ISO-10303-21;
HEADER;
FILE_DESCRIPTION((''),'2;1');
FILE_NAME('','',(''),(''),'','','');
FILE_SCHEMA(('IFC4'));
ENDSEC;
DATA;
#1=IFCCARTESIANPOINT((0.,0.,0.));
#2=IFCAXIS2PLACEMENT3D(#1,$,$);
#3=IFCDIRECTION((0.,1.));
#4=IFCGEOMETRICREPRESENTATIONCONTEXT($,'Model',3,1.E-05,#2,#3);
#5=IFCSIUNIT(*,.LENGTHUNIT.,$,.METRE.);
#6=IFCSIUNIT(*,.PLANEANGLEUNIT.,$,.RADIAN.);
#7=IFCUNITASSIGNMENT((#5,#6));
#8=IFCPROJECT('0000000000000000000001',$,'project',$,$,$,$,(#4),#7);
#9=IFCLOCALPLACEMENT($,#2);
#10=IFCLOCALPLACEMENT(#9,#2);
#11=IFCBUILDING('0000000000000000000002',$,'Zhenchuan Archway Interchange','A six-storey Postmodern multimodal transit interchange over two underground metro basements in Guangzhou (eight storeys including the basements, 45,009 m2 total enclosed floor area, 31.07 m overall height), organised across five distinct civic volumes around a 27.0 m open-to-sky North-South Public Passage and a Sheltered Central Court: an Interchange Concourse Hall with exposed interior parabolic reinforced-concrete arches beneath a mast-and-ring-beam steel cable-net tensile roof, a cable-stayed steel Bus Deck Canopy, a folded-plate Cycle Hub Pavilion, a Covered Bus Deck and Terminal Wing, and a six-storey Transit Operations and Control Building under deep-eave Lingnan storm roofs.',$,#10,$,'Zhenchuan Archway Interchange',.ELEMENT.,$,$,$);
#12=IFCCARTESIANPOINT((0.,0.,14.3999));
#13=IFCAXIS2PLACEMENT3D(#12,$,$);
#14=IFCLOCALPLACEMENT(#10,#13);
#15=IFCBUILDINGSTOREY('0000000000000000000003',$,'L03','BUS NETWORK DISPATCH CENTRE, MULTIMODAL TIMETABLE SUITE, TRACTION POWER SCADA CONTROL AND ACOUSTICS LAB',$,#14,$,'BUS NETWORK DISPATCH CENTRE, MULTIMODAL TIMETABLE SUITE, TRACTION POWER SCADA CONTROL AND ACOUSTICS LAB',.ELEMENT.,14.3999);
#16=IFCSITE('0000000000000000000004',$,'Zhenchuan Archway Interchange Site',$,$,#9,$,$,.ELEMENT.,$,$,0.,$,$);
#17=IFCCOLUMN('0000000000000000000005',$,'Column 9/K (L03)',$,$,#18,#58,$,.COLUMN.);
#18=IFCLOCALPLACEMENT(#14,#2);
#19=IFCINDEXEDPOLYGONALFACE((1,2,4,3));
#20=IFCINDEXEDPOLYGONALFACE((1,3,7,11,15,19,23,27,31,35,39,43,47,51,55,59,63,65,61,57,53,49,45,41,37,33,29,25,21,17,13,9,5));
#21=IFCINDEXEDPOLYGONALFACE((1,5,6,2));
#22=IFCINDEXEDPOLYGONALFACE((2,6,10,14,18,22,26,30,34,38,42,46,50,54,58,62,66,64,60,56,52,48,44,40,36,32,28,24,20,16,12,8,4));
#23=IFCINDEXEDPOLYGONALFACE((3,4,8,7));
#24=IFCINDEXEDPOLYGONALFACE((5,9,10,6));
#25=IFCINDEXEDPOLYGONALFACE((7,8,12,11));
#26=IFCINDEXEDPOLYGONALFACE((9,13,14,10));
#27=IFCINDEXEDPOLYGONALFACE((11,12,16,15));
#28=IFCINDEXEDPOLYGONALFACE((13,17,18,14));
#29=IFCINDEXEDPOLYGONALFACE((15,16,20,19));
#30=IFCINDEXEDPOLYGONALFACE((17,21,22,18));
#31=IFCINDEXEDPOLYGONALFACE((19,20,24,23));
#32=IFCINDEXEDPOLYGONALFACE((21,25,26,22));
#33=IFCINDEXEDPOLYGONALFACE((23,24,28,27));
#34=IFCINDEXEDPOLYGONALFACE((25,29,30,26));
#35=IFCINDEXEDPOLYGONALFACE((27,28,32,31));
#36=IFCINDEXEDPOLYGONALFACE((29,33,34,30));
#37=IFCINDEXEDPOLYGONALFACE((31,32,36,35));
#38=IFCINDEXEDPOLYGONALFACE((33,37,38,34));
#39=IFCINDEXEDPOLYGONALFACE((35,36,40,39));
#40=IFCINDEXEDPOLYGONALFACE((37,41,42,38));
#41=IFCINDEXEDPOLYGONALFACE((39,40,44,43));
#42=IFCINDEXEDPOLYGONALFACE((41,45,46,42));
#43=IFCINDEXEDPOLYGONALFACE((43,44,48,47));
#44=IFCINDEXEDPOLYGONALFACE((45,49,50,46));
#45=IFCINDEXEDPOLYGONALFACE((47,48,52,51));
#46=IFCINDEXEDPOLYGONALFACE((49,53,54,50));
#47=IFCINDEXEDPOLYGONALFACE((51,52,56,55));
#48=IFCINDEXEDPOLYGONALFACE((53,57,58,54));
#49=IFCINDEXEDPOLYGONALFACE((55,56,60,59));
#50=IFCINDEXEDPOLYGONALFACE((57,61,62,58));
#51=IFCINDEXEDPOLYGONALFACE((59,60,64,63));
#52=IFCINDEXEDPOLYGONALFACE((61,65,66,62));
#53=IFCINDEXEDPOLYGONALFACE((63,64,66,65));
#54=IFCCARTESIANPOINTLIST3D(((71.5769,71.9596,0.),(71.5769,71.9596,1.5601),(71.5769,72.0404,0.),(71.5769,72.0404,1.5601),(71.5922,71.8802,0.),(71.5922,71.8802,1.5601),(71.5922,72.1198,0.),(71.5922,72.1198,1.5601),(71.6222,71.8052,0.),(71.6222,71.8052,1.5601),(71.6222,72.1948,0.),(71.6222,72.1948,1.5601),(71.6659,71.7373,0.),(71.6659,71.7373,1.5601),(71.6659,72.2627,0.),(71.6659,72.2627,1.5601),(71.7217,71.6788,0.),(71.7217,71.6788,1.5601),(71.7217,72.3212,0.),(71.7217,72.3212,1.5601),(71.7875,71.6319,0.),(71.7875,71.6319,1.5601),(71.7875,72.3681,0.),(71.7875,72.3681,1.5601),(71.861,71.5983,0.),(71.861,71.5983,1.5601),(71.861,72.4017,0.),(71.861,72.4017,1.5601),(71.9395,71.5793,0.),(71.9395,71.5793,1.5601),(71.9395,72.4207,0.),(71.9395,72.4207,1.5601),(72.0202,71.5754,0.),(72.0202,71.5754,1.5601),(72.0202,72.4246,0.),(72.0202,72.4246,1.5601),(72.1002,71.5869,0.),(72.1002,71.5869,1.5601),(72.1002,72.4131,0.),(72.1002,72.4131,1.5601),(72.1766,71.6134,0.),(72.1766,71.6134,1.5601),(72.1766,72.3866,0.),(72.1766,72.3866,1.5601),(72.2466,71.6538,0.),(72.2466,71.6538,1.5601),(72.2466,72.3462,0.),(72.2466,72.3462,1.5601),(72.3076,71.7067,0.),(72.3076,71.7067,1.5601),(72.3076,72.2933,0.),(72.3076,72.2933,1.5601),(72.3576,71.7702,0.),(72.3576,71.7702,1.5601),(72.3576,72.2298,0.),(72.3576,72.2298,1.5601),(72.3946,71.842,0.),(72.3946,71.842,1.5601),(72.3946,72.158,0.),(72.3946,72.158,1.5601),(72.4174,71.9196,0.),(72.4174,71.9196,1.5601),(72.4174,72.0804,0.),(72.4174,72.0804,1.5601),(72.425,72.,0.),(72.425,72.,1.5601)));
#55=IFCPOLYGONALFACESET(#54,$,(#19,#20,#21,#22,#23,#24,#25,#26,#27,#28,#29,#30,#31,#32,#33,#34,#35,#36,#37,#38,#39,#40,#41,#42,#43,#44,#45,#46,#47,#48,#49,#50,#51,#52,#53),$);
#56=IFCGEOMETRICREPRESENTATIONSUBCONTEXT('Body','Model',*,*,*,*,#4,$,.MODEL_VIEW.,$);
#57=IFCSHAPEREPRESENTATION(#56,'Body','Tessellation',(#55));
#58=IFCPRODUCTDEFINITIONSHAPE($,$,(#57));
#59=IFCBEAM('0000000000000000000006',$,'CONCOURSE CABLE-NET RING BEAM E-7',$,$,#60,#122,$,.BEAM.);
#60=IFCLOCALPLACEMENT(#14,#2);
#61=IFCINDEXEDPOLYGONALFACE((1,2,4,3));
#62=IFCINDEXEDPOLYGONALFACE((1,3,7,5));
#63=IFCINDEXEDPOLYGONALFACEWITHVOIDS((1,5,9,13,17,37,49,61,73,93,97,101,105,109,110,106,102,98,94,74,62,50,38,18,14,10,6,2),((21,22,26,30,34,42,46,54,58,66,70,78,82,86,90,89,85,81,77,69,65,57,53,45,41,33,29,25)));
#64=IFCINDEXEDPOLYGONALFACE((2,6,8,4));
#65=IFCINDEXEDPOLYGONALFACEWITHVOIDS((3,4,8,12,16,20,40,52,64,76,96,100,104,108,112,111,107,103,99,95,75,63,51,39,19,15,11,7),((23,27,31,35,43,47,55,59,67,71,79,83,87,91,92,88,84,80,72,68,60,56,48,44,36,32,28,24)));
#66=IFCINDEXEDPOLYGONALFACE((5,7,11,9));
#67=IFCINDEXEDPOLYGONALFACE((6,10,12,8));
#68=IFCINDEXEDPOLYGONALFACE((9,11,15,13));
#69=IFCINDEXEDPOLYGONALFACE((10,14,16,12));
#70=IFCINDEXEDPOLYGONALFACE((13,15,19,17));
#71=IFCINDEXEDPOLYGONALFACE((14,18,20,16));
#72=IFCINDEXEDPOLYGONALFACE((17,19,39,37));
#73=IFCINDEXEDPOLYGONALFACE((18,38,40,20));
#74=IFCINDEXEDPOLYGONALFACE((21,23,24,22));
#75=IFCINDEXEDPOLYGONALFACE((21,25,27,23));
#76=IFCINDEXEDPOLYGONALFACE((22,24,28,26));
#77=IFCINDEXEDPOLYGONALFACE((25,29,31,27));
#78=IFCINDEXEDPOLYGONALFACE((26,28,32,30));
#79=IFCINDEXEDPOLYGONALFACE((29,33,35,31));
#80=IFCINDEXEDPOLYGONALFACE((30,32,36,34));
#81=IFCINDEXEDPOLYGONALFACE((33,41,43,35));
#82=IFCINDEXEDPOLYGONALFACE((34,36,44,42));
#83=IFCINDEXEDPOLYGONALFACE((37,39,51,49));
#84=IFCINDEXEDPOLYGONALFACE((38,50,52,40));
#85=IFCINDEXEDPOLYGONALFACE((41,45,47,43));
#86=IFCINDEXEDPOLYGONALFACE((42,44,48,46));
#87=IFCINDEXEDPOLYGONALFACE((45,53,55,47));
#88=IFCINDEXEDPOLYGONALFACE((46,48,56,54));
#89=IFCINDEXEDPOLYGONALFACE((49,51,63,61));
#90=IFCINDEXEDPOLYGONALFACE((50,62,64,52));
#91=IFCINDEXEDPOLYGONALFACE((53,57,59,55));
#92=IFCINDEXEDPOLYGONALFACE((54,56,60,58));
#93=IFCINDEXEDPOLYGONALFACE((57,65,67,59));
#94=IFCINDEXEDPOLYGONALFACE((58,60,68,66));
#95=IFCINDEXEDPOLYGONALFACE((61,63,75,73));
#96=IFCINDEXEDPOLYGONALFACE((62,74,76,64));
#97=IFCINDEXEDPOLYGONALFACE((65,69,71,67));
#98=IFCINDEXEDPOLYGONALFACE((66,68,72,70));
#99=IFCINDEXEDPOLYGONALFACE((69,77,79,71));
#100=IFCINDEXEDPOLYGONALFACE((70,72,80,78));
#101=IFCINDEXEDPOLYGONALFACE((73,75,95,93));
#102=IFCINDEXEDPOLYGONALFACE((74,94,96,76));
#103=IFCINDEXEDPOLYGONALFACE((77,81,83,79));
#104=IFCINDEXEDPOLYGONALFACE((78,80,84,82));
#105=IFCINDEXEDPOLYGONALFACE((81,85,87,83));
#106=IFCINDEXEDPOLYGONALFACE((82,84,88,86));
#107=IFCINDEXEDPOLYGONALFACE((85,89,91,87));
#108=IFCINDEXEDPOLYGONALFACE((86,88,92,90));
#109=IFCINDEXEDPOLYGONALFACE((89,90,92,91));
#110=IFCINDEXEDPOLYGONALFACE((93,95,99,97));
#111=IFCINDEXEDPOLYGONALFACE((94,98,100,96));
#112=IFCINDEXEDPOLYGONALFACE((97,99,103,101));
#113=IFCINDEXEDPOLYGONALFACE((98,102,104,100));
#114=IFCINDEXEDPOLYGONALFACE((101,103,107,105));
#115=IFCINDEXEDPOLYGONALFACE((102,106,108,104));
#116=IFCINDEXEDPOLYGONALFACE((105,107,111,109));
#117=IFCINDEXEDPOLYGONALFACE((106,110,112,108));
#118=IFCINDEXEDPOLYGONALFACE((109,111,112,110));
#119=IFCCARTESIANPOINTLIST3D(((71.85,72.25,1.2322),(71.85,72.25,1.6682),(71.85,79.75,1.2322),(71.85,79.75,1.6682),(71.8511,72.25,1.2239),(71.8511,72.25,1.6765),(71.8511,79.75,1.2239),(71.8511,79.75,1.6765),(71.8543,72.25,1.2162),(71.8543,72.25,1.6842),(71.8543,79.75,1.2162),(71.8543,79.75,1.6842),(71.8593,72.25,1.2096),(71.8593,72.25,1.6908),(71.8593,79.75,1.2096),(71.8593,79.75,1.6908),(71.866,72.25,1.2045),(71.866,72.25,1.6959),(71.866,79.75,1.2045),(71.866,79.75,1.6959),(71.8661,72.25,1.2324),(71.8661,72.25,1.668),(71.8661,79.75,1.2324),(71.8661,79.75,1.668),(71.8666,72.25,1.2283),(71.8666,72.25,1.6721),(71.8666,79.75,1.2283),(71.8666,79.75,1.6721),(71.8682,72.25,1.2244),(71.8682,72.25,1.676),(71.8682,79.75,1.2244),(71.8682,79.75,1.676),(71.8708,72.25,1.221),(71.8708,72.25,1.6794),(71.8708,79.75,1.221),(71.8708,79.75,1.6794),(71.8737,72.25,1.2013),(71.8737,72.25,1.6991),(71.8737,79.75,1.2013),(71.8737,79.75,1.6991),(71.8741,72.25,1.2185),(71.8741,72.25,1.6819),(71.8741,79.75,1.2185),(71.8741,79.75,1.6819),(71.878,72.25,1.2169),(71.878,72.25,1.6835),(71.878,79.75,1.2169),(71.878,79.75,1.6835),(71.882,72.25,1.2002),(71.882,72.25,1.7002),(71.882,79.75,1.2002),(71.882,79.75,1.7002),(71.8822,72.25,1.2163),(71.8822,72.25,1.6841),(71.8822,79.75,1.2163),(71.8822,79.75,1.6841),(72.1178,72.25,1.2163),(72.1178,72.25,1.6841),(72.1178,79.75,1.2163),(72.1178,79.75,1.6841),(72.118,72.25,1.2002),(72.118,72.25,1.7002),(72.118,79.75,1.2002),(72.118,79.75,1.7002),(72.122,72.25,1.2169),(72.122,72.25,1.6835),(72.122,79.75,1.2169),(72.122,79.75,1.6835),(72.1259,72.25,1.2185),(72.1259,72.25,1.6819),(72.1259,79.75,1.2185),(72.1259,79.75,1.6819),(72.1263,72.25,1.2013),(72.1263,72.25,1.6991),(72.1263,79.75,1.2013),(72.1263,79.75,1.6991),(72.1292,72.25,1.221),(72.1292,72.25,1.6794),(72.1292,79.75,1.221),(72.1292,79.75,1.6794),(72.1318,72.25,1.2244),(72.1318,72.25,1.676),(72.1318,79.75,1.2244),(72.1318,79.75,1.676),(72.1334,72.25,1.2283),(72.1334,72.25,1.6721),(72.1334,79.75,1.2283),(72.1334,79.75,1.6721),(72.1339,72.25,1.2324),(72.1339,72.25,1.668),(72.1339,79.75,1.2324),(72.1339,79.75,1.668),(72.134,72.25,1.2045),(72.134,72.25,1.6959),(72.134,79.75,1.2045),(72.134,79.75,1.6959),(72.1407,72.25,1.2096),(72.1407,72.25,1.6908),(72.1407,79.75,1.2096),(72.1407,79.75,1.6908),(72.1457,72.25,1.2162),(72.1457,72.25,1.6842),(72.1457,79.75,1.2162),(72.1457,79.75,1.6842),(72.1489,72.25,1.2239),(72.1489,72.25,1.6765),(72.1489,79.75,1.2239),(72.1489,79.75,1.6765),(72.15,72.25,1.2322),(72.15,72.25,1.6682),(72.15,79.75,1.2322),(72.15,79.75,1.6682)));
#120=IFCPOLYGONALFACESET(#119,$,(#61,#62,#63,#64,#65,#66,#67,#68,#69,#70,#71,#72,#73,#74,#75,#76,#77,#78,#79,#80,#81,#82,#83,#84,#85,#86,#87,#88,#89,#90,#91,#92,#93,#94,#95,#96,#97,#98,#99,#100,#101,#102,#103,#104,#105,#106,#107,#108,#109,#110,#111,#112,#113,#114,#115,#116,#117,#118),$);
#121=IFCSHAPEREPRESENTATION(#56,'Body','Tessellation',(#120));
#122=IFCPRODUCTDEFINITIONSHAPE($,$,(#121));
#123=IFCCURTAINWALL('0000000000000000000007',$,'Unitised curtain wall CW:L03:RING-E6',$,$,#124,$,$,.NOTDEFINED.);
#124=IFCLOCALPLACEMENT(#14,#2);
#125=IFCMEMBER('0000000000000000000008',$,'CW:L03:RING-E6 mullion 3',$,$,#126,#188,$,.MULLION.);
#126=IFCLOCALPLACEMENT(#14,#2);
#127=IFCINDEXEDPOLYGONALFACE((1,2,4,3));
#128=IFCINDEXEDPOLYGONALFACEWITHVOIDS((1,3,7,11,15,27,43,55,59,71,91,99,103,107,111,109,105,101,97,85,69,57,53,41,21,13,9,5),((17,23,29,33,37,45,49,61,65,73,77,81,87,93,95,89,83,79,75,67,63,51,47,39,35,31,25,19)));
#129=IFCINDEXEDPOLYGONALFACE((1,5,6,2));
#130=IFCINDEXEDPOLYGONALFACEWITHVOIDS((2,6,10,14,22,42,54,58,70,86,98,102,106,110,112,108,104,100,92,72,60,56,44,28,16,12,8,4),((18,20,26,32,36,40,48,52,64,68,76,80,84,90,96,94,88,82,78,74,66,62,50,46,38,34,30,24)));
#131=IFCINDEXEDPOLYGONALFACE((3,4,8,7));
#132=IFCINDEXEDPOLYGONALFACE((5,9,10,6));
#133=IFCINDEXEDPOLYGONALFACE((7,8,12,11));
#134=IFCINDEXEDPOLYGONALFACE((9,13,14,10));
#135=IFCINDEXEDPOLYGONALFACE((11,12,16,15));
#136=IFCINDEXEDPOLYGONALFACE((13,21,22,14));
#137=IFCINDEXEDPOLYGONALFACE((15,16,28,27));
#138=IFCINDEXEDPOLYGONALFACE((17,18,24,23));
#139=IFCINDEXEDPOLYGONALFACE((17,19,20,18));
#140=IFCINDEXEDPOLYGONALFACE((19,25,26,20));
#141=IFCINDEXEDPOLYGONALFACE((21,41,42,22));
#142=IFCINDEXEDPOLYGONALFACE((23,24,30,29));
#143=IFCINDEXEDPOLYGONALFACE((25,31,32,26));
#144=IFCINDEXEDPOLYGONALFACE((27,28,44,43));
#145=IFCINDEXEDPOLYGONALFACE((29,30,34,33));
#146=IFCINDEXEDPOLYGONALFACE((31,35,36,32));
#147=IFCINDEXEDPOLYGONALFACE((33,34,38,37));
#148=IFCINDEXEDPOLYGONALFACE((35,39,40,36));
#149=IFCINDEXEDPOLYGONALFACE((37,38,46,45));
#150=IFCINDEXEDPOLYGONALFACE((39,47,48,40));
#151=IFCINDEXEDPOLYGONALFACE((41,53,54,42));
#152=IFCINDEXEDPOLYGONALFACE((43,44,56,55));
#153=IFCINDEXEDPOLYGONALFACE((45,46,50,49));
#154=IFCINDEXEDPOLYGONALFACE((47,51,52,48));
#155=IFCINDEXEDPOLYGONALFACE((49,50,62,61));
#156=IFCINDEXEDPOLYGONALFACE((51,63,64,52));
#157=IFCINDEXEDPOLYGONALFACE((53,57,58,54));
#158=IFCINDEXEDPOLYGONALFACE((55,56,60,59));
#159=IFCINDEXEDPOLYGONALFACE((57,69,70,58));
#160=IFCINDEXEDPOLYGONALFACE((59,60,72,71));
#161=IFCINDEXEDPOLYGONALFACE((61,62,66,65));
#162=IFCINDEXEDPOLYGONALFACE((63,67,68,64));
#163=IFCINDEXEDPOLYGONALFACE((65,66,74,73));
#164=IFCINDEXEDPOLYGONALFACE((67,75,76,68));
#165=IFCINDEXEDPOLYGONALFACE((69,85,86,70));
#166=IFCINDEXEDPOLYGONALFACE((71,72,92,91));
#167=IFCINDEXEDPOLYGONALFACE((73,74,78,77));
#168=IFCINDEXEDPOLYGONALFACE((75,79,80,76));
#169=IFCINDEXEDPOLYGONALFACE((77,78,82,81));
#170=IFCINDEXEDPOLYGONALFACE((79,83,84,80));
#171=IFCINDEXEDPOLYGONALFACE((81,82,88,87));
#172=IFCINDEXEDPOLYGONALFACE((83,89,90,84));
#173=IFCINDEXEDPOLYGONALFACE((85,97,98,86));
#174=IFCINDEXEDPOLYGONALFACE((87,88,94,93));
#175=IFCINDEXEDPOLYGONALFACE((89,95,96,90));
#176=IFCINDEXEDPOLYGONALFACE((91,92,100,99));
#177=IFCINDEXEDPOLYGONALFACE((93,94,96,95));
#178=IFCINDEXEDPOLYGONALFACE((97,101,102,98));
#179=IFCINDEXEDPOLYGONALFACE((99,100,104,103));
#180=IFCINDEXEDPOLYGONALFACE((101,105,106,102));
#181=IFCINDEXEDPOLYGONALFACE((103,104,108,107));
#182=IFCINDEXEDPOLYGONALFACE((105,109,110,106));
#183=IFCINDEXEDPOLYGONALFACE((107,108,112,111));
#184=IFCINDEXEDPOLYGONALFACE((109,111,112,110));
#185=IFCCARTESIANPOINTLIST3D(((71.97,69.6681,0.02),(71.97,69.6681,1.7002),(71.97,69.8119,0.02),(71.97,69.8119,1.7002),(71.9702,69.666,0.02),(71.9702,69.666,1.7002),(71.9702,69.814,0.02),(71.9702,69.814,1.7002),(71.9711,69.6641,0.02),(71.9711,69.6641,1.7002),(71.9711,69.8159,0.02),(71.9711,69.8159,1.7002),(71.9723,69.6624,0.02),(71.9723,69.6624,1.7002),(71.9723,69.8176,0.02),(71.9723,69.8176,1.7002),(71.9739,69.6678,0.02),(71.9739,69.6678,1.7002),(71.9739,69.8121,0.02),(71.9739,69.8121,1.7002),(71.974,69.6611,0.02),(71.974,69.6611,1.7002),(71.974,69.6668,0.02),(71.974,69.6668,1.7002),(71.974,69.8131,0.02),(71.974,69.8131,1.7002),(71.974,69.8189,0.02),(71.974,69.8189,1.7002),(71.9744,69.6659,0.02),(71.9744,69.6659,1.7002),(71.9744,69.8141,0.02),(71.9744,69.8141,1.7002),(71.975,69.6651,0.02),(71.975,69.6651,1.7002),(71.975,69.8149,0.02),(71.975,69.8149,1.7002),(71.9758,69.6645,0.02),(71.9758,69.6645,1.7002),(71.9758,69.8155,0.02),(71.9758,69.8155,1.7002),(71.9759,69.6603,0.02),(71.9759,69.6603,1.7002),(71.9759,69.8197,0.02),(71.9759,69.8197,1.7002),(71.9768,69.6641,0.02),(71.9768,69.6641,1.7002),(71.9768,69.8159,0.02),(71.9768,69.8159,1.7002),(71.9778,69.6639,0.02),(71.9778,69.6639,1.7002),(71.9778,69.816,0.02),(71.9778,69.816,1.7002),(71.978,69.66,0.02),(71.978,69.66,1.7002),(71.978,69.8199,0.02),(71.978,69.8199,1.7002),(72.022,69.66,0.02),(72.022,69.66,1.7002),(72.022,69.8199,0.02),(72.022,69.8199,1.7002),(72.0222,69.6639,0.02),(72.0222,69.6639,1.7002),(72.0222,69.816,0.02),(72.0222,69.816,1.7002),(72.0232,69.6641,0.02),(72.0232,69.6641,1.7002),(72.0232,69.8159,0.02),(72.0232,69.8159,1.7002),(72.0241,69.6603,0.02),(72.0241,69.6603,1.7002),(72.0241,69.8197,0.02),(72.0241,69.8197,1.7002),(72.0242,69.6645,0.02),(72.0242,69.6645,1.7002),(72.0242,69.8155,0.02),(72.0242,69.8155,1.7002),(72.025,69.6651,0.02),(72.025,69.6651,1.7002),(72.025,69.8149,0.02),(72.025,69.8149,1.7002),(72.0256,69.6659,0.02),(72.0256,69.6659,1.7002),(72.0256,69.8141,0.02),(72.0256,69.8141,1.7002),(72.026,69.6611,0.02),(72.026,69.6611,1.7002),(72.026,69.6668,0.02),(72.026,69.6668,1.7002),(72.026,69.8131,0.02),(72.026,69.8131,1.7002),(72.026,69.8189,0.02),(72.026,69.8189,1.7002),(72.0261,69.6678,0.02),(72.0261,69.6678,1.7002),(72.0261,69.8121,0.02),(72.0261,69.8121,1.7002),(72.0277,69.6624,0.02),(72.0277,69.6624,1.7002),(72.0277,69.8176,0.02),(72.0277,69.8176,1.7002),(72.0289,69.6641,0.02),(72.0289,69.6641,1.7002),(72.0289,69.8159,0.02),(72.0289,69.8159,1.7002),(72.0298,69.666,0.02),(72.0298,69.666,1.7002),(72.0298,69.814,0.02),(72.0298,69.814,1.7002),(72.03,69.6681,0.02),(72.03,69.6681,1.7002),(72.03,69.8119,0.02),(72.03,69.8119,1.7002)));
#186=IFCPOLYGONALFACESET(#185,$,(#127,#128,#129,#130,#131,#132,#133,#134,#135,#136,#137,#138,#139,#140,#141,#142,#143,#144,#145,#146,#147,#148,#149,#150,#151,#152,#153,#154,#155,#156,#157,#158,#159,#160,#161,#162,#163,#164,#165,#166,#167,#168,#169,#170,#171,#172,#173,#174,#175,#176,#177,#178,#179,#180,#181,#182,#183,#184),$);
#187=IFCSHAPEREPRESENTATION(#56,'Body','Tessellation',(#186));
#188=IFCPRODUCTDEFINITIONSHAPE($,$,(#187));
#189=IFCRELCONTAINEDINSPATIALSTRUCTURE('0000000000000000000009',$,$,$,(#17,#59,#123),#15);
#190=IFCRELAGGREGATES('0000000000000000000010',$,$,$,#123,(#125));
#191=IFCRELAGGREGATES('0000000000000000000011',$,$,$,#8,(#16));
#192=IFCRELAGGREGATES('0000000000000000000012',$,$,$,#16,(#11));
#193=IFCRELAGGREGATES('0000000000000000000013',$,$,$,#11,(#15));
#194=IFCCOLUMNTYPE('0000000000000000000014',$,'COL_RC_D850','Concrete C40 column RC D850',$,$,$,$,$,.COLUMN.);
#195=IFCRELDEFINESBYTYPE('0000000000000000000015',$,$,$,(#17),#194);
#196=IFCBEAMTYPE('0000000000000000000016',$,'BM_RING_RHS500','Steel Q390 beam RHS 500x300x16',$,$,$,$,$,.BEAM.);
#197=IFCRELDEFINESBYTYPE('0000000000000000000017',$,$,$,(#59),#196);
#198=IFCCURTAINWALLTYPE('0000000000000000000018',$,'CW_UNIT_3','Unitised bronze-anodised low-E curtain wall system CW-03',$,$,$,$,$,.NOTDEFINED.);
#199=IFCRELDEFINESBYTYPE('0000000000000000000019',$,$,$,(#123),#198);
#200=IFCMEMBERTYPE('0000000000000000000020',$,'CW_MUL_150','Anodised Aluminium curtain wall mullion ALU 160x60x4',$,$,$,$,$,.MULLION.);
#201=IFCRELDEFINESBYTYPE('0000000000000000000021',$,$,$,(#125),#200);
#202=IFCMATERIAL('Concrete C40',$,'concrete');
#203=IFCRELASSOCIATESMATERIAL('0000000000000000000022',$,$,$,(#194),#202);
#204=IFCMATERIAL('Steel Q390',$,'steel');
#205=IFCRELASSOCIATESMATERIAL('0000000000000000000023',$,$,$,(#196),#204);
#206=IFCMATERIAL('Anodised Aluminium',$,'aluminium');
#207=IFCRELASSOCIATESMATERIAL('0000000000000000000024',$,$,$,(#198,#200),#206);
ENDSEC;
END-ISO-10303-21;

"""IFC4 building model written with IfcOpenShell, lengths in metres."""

from ifc_helpers import new_model, si_unit, direction, frame, origin, origin_2d, place, context, subcontext, project, spatial, hollow_rectangle, circle, extrude, material, material_profile, profile_set, type_object, element, aggregate, save


model = new_model("IFC4")

# Units and contexts
model_context = context("Model", 3, precision=1e-05, world=origin(), true_north=direction((0.0, 1.0)))
body_context = subcontext(model_context, "Body", "Model", "MODEL_VIEW")
ifc_project = project(units=[si_unit("LENGTHUNIT", "METRE"), si_unit("PLANEANGLEUNIT", "RADIAN")], contexts=[model_context])

# Site, building, storey
site_placement = place(None, origin())
site = spatial("IfcSite", under=ifc_project, at=site_placement, Name="Zhenchuan Archway Interchange Site", CompositionType="ELEMENT", RefElevation=0.0)
building_placement = place(site_placement, origin())
building = spatial("IfcBuilding", under=site, at=building_placement, Name="Zhenchuan Archway Interchange", Description="A six-storey Postmodern multimodal transit interchange over two underground metro basements in Guangzhou (eight storeys including the basements, 45,009 m2 total enclosed floor area, 31.07 m overall height), organised across five distinct civic volumes around a 27.0 m open-to-sky North-South Public Passage and a Sheltered Central Court: an Interchange Concourse Hall with exposed interior parabolic reinforced-concrete arches beneath a mast-and-ring-beam steel cable-net tensile roof, a cable-stayed steel Bus Deck Canopy, a folded-plate Cycle Hub Pavilion, a Covered Bus Deck and Terminal Wing, and a six-storey Transit Operations and Control Building under deep-eave Lingnan storm roofs.", LongName="Zhenchuan Archway Interchange", CompositionType="ELEMENT")
storey_placement = place(building_placement, frame((0.0, 0.0, 14.3999)))
storey = spatial("IfcBuildingStorey", under=building, at=storey_placement, Name="L03", Description="BUS NETWORK DISPATCH CENTRE, MULTIMODAL TIMETABLE SUITE, TRACTION POWER SCADA CONTROL AND ACOUSTICS LAB", LongName="BUS NETWORK DISPATCH CENTRE, MULTIMODAL TIMETABLE SUITE, TRACTION POWER SCADA CONTROL AND ACOUSTICS LAB", CompositionType="ELEMENT", Elevation=14.3999)

# Column
ifc_material_1 = material(Name="Concrete C40", Category="concrete")
ifc_material_profile_1 = material_profile(ifc_material_1, circle(Radius=0.425, at=origin_2d()), Name="RC D850")
ifc_profile_set_1 = profile_set([ifc_material_profile_1], Name="Concrete C40")
column_type = type_object("IfcColumnType", Name="COL_RC_D850", Description="Concrete C40 column RC D850", PredefinedType="COLUMN", material=ifc_profile_set_1)
column_placement = place(storey_placement, frame((72.0, 72.0, 0.0), z_axis=(0.0, 0.0, 1.0), x_axis=(1.0, 0.0, 0.0)))
element("IfcColumn", 1, at=column_placement, inside=storey, type_object=column_type, Name="Column 9/K (L03)", PredefinedType="COLUMN", context=body_context, shape_type="SweptSolid", body=[
    extrude(circle(Radius=0.425, at=origin_2d()), origin(), (0.0, 0.0, 1.0), 1.5601),
])

# Beam
ifc_material_2 = material(Name="Steel Q390", Category="steel")
ifc_material_profile_2 = material_profile(ifc_material_2, hollow_rectangle(XDim=0.3, YDim=0.5, WallThickness=0.0161, InnerFilletRadius=0.0161, OuterFilletRadius=0.032, at=origin_2d()), Name="RHS 500x300x16")
ifc_profile_set_2 = profile_set([ifc_material_profile_2], Name="Steel Q390")
beam_type = type_object("IfcBeamType", Name="BM_RING_RHS500", Description="Steel Q390 beam RHS 500x300x16", PredefinedType="BEAM", material=ifc_profile_set_2)
beam_placement = place(storey_placement, frame((72.0, 72.25, 1.4502), z_axis=(0.0, 1.0, 0.0), x_axis=(-1.0, 0.0, 0.0)))
element("IfcBeam", 2, at=beam_placement, inside=storey, type_object=beam_type, Name="CONCOURSE CABLE-NET RING BEAM E-7", PredefinedType="BEAM", context=body_context, shape_type="SweptSolid", body=[
    extrude(hollow_rectangle(XDim=0.3, YDim=0.5, WallThickness=0.0161, InnerFilletRadius=0.0161, OuterFilletRadius=0.032, at=origin_2d()), origin(), (0.0, 0.0, 1.0), 7.5),
])

# Curtain wall, member
ifc_material_3 = material(Name="Anodised Aluminium", Category="aluminium")
curtain_wall_type = type_object("IfcCurtainWallType", Name="CW_UNIT_3", Description="Unitised bronze-anodised low-E curtain wall system CW-03", PredefinedType="NOTDEFINED", material=ifc_material_3)
curtain_wall_1_placement = place(storey_placement, origin())
curtain_wall_1 = element("IfcCurtainWall", 3, at=curtain_wall_1_placement, inside=storey, type_object=curtain_wall_type, Name="Unitised curtain wall CW:L03:RING-E6", PredefinedType="NOTDEFINED")
ifc_material_profile_3 = material_profile(ifc_material_3, hollow_rectangle(XDim=0.0601, YDim=0.1599, WallThickness=0.0039, InnerFilletRadius=0.0039, OuterFilletRadius=0.0081, at=origin_2d()), Name="ALU 160x60x4")
ifc_profile_set_3 = profile_set([ifc_material_profile_3], Name="Anodised Aluminium")
member_type_1 = type_object("IfcMemberType", Name="CW_MUL_150", Description="Anodised Aluminium curtain wall mullion ALU 160x60x4", PredefinedType="MULLION", material=ifc_profile_set_3)
member_1_placement = place(storey_placement, frame((72.0, 69.74, 0.02), z_axis=(0.0, 0.0, 1.0), x_axis=(1.0, 0.0, 0.0)))
member_1 = element("IfcMember", 4, at=member_1_placement, type_object=member_type_1, Name="CW:L03:RING-E6 mullion 3", PredefinedType="MULLION", context=body_context, shape_type="SweptSolid", body=[
    extrude(hollow_rectangle(XDim=0.0601, YDim=0.1599, WallThickness=0.0039, InnerFilletRadius=0.0039, OuterFilletRadius=0.0081, at=origin_2d()), origin(), (0.0, 0.0, 1.0), 1.6802),
])

aggregate(curtain_wall_1, [member_1])

save(model, "model.ifc")
